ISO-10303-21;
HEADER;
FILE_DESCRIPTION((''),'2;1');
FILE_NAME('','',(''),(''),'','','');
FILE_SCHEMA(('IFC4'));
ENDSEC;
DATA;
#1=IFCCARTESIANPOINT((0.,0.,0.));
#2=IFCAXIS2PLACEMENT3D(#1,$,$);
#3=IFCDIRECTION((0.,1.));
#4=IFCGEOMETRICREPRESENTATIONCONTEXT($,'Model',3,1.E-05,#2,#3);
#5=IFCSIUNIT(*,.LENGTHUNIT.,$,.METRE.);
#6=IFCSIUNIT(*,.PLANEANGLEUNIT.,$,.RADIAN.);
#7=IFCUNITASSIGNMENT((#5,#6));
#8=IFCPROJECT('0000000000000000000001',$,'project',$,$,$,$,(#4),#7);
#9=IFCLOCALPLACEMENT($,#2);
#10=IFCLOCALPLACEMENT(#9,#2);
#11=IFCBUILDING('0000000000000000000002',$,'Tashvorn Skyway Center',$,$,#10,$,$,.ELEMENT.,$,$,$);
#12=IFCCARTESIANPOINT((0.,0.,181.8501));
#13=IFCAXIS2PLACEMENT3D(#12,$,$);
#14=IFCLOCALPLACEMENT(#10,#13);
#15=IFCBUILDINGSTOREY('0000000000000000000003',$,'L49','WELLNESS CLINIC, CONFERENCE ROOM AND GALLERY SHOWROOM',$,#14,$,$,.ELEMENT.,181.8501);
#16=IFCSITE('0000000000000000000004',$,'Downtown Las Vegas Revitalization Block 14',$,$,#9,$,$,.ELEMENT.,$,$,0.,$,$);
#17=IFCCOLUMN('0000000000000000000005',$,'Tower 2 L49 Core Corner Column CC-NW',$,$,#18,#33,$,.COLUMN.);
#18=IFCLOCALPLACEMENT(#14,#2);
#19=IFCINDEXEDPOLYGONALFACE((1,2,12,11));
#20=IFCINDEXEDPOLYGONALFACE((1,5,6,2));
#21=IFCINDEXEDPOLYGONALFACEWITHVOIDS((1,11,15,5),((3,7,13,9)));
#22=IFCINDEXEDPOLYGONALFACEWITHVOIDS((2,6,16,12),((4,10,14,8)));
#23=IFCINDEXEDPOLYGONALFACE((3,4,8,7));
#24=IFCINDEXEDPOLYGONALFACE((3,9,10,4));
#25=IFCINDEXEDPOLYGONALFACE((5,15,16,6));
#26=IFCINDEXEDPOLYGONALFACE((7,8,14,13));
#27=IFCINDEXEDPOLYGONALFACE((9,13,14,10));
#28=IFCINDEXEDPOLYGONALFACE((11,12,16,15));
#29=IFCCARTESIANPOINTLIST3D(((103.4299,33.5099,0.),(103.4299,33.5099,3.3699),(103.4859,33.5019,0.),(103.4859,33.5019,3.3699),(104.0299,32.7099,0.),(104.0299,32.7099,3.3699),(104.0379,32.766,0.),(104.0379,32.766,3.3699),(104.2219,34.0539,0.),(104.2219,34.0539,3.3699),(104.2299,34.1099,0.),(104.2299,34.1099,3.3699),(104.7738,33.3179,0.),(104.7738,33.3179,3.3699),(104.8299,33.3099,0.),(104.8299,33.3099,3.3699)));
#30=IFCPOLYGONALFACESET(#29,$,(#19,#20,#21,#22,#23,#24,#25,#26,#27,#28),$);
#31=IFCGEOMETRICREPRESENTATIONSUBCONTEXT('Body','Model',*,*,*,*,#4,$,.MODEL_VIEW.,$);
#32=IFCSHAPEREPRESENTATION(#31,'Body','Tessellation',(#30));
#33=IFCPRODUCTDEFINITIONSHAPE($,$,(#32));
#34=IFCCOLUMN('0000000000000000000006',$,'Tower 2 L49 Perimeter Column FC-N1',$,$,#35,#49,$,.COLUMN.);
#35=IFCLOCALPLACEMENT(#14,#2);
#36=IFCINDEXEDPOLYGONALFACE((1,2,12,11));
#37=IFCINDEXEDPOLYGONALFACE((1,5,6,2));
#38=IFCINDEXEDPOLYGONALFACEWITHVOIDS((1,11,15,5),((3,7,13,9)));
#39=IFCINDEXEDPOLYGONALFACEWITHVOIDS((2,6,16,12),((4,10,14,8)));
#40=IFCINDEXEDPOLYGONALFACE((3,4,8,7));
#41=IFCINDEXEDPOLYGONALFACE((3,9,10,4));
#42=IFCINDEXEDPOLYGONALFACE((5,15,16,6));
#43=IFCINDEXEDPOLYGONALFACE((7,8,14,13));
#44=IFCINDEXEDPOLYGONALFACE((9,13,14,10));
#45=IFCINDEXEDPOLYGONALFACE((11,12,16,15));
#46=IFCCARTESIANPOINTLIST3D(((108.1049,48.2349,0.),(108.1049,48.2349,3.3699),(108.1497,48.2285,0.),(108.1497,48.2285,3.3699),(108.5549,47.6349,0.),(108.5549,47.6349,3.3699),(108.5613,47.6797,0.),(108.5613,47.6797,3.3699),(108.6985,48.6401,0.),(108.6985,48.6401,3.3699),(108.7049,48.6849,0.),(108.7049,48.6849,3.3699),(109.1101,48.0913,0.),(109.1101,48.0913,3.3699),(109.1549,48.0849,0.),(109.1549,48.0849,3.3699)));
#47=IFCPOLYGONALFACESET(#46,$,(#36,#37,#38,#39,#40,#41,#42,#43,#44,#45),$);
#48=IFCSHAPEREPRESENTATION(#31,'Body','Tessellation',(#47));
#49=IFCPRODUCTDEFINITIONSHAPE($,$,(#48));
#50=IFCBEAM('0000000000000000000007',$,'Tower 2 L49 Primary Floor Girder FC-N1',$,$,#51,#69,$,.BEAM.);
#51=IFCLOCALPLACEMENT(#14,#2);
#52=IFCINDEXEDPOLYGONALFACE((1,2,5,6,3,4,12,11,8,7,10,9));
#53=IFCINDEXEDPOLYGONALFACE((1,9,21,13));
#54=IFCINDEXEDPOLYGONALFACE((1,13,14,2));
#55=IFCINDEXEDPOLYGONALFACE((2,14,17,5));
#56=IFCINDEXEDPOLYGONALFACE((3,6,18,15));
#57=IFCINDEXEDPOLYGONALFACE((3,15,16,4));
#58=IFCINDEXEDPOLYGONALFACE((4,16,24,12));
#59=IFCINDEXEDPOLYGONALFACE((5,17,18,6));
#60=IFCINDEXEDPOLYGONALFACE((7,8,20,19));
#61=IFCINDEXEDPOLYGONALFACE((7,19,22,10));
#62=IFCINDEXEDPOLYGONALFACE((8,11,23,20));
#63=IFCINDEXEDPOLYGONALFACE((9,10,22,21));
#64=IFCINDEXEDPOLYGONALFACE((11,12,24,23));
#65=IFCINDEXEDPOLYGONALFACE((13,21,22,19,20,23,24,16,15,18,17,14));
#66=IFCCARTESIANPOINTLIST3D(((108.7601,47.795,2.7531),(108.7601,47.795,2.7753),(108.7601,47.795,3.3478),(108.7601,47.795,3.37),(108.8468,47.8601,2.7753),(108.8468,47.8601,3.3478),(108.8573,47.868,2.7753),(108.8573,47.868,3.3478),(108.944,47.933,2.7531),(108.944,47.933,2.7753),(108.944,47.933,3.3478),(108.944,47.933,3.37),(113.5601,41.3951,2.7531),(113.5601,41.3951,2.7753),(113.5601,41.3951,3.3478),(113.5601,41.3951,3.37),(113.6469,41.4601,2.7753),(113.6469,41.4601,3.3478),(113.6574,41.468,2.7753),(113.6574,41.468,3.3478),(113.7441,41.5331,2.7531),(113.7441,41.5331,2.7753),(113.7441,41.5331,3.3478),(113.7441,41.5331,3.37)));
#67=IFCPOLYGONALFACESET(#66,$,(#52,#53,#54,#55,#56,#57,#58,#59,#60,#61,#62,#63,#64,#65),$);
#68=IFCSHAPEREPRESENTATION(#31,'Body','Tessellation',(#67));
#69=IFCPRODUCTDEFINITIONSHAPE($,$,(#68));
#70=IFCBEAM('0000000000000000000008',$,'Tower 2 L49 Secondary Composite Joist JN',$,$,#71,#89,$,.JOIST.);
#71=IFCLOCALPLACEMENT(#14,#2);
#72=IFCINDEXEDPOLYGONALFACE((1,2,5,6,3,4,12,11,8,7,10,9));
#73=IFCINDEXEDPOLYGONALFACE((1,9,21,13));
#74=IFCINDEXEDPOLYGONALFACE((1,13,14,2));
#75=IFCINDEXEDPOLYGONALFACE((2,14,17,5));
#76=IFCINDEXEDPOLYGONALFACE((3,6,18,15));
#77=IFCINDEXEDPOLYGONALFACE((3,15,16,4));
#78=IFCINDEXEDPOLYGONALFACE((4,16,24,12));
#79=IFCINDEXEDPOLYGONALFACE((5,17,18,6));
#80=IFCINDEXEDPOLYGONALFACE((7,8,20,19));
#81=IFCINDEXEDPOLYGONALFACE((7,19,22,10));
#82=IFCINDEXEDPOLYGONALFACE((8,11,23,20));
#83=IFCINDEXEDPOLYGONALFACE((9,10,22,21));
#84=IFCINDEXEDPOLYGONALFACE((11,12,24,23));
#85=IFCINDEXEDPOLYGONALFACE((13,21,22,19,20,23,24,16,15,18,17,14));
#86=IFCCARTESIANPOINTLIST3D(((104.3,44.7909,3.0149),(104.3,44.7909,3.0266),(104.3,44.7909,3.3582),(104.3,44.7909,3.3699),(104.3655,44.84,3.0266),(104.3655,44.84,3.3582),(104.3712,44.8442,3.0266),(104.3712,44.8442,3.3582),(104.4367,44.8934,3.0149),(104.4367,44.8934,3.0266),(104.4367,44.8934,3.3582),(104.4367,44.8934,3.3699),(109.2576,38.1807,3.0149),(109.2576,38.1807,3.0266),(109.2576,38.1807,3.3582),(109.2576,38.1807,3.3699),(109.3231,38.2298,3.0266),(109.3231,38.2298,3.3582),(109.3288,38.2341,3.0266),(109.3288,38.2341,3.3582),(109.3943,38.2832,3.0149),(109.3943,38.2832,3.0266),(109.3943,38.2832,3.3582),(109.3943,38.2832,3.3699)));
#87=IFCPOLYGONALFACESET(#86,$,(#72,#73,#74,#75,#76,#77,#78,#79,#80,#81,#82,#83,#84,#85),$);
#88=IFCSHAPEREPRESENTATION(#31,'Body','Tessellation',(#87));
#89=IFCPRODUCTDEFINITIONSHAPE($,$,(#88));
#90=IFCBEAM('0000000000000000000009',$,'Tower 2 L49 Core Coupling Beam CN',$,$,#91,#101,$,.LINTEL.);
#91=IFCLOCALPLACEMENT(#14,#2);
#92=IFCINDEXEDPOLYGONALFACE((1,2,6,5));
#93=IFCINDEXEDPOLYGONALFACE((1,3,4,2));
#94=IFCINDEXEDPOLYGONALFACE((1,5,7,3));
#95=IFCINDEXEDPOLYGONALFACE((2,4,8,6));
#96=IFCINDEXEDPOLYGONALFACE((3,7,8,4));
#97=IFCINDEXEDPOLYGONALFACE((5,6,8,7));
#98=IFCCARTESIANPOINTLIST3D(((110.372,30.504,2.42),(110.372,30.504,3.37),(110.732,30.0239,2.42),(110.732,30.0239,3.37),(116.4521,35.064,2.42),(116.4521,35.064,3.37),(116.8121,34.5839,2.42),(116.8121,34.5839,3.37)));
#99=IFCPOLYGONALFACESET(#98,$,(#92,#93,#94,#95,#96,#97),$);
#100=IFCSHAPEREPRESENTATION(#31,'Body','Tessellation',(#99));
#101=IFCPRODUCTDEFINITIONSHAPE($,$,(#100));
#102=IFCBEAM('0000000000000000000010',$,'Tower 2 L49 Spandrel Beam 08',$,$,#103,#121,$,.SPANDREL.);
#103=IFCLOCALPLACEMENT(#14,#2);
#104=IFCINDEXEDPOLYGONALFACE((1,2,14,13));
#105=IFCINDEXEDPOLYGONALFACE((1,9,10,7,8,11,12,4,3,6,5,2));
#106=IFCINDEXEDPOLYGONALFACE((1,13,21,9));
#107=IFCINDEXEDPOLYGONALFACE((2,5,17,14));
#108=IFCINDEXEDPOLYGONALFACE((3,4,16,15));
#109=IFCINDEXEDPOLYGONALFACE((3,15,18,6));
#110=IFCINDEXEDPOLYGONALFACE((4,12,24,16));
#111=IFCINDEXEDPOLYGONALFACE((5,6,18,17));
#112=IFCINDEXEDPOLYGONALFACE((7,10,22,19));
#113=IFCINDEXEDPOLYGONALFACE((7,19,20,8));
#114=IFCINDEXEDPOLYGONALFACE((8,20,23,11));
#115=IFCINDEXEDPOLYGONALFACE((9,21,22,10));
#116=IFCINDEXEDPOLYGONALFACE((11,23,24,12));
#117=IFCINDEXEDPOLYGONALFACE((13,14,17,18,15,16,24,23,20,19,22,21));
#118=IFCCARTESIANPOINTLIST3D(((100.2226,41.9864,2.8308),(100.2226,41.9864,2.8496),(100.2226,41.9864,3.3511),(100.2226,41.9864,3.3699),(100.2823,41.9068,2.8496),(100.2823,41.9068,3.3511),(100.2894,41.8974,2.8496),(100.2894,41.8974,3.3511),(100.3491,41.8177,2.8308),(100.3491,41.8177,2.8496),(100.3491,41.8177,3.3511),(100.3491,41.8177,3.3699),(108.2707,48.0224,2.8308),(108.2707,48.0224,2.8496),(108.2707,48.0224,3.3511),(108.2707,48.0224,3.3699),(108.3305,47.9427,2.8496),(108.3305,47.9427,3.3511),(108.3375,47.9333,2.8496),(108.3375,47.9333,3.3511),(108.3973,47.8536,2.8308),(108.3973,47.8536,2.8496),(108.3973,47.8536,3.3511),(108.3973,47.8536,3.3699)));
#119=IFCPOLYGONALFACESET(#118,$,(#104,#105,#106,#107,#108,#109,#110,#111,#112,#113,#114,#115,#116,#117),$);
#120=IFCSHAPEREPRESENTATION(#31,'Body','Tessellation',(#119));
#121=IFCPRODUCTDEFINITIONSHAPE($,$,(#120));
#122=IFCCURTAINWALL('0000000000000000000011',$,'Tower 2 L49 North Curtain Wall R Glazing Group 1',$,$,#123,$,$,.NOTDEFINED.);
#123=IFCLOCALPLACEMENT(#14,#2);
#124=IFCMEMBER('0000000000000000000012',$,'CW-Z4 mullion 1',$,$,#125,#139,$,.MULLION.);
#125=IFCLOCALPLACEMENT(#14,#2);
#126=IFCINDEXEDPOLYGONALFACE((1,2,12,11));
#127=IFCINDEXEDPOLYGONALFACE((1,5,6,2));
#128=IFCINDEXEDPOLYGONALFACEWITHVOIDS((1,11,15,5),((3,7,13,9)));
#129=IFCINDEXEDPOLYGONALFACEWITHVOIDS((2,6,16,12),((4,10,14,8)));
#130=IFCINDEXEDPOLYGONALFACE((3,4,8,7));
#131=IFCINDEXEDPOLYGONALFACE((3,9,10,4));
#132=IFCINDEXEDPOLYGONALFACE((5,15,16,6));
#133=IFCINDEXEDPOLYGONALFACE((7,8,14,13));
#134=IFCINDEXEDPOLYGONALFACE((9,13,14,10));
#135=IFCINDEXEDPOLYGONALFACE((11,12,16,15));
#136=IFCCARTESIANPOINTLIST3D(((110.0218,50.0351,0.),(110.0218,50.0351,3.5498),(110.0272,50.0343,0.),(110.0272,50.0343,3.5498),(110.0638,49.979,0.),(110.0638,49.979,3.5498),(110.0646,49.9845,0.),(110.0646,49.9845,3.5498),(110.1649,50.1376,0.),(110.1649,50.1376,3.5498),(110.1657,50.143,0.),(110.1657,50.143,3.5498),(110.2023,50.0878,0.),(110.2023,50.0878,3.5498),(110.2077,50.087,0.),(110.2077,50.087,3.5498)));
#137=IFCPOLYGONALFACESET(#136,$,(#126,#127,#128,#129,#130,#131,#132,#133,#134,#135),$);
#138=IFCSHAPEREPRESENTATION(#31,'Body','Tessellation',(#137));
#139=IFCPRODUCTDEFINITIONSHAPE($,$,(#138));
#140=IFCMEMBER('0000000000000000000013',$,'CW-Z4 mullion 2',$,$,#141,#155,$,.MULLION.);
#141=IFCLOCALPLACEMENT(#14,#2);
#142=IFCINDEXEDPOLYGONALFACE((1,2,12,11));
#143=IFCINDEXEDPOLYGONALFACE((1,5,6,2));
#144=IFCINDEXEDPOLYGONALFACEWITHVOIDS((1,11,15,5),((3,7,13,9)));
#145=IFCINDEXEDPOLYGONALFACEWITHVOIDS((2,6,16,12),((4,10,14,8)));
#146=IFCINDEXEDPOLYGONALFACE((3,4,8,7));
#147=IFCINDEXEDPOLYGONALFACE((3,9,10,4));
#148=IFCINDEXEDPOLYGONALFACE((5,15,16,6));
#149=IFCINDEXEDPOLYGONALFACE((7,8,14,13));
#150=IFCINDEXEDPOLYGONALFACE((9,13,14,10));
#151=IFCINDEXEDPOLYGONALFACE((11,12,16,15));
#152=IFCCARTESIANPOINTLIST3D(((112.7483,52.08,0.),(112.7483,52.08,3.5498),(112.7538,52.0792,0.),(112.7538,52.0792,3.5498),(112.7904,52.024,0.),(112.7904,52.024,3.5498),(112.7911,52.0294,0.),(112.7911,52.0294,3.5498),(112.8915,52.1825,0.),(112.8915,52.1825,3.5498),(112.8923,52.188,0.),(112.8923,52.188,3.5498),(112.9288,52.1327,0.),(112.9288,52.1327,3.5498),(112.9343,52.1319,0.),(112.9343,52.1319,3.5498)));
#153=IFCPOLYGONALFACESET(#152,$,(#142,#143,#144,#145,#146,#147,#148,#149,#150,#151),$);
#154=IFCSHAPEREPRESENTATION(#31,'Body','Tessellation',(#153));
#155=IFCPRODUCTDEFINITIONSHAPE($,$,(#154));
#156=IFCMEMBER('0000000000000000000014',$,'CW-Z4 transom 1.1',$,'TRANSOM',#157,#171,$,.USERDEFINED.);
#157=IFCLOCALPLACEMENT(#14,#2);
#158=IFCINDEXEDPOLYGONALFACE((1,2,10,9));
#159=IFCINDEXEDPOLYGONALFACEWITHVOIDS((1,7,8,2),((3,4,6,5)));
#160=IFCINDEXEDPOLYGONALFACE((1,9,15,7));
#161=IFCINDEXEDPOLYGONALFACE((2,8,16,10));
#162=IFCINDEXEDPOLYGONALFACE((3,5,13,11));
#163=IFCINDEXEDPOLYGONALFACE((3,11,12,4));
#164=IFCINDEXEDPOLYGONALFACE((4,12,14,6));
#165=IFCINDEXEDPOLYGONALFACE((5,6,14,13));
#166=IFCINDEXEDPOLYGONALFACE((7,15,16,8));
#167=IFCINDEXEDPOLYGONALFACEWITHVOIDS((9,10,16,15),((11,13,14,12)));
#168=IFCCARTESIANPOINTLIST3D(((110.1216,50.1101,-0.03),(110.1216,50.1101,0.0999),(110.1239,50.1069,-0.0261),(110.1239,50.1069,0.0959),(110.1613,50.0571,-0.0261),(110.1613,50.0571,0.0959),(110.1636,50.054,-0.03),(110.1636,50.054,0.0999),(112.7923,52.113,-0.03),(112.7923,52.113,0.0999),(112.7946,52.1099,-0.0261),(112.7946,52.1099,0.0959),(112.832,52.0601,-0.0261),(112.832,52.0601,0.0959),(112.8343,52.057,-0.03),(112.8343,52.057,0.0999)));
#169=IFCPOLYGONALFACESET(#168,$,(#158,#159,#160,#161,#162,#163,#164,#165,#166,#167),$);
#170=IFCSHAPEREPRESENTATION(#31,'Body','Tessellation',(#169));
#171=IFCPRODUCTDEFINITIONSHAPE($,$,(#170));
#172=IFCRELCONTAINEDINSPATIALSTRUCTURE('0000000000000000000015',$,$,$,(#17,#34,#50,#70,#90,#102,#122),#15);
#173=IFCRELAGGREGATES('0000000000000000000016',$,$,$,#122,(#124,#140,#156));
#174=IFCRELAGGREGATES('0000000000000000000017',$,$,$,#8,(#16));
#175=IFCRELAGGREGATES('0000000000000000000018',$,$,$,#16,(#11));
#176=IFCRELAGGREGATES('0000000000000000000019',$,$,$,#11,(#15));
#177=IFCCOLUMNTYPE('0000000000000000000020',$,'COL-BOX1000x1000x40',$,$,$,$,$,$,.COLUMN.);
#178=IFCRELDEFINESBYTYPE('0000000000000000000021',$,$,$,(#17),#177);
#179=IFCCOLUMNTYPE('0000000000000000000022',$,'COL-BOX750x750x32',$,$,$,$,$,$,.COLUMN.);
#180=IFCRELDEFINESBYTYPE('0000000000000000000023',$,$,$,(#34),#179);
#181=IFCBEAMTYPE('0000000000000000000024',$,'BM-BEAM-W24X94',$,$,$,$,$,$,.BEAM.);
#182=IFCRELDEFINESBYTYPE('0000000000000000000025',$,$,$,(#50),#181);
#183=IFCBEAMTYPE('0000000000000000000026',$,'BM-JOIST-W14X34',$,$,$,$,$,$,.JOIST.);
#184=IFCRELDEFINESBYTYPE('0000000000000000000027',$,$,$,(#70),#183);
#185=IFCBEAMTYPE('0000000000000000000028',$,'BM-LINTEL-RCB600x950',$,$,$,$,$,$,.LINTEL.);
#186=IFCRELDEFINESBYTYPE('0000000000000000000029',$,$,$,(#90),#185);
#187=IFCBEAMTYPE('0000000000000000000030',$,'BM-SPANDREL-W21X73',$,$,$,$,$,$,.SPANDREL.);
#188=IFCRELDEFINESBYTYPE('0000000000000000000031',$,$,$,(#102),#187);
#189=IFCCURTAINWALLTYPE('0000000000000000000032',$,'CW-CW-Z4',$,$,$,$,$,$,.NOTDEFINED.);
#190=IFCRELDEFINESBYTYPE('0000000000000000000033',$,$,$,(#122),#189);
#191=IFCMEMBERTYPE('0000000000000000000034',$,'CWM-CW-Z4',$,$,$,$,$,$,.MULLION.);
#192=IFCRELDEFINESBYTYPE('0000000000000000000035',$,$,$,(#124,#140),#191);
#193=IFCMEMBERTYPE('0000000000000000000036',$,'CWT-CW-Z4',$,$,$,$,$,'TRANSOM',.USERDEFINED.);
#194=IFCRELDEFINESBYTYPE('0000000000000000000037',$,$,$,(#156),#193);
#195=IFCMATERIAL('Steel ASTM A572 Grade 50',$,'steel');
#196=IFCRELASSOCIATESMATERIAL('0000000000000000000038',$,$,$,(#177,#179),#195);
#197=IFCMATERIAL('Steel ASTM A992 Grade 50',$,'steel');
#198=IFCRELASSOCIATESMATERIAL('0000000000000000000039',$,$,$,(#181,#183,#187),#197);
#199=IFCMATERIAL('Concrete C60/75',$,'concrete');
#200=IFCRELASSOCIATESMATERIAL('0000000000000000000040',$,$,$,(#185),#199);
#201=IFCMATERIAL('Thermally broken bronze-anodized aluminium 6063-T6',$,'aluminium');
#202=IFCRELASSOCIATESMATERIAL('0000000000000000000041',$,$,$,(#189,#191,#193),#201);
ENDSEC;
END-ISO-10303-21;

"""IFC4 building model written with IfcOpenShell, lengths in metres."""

from ifc_helpers import new_model, si_unit, direction, frame, origin, origin_2d, place, context, subcontext, project, spatial, rectangle, hollow_rectangle, i_section, extrude, material, material_profile, profile_set, type_object, element, aggregate, save


model = new_model("IFC4")

# Units and contexts
model_context = context("Model", 3, precision=1e-05, world=origin(), true_north=direction((0.0, 1.0)))
body_context = subcontext(model_context, "Body", "Model", "MODEL_VIEW")
ifc_project = project(units=[si_unit("LENGTHUNIT", "METRE"), si_unit("PLANEANGLEUNIT", "RADIAN")], contexts=[model_context])

# Site, building, storey
site_placement = place(None, origin())
site = spatial("IfcSite", under=ifc_project, at=site_placement, Name="Downtown Las Vegas Revitalization Block 14", CompositionType="ELEMENT", RefElevation=0.0)
building_placement = place(site_placement, origin())
building = spatial("IfcBuilding", under=site, at=building_placement, Name="Tashvorn Skyway Center", CompositionType="ELEMENT")
storey_placement = place(building_placement, frame((0.0, 0.0, 181.8501)))
storey = spatial("IfcBuildingStorey", under=building, at=storey_placement, Name="L49", Description="WELLNESS CLINIC, CONFERENCE ROOM AND GALLERY SHOWROOM", CompositionType="ELEMENT", Elevation=181.8501)

# Columns
ifc_material_1 = material(Name="Steel ASTM A572 Grade 50", Category="steel")
ifc_material_profile_1 = material_profile(ifc_material_1, hollow_rectangle(XDim=1.0, YDim=1.0, WallThickness=0.04, at=origin_2d()), Name="BOX1000x1000x40")
ifc_profile_set_1 = profile_set([ifc_material_profile_1], Name="Steel ASTM A572 Grade 50")
column_type_1 = type_object("IfcColumnType", Name="COL-BOX1000x1000x40", PredefinedType="COLUMN", material=ifc_profile_set_1)
column_1_placement = place(storey_placement, frame((104.1299, 33.4099, 0.0), z_axis=(0.0, 0.0, 1.0), x_axis=(0.8, 0.6, 0.0)))
element("IfcColumn", 1, at=column_1_placement, inside=storey, type_object=column_type_1, Name="Tower 2 L49 Core Corner Column CC-NW", PredefinedType="COLUMN", context=body_context, shape_type="SweptSolid", body=[
    extrude(hollow_rectangle(XDim=1.0, YDim=1.0, WallThickness=0.04, at=origin_2d()), origin(), (0.0, 0.0, 1.0), 3.3699),
])
ifc_material_profile_2 = material_profile(ifc_material_1, hollow_rectangle(XDim=0.75, YDim=0.75, WallThickness=0.032, at=origin_2d()), Name="BOX750x750x32")
ifc_profile_set_2 = profile_set([ifc_material_profile_2], Name="Steel ASTM A572 Grade 50")
column_type_2 = type_object("IfcColumnType", Name="COL-BOX750x750x32", PredefinedType="COLUMN", material=ifc_profile_set_2)
column_2_placement = place(storey_placement, frame((108.6299, 48.1599, 0.0), z_axis=(0.0, 0.0, 1.0), x_axis=(0.8, 0.6, 0.0)))
element("IfcColumn", 2, at=column_2_placement, inside=storey, type_object=column_type_2, Name="Tower 2 L49 Perimeter Column FC-N1", PredefinedType="COLUMN", context=body_context, shape_type="SweptSolid", body=[
    extrude(hollow_rectangle(XDim=0.75, YDim=0.75, WallThickness=0.032, at=origin_2d()), origin(), (0.0, 0.0, 1.0), 3.3699),
])

# Beams
ifc_material_2 = material(Name="Steel ASTM A992 Grade 50", Category="steel")
ifc_material_profile_3 = material_profile(ifc_material_2, i_section(OverallWidth=0.23, OverallDepth=0.6169, WebThickness=0.0132, FlangeThickness=0.0222, at=origin_2d()), Name="W24X94")
ifc_profile_set_3 = profile_set([ifc_material_profile_3], Name="Steel ASTM A992 Grade 50")
beam_type_1 = type_object("IfcBeamType", Name="BM-BEAM-W24X94", PredefinedType="BEAM", material=ifc_profile_set_3)
beam_1_placement = place(storey_placement, frame((108.8521, 47.864, 3.0615), z_axis=(0.60001, -0.799993, 0.0), x_axis=(0.799993, 0.60001, 0.0)))
element("IfcBeam", 3, at=beam_1_placement, inside=storey, type_object=beam_type_1, Name="Tower 2 L49 Primary Floor Girder FC-N1", PredefinedType="BEAM", context=body_context, shape_type="SweptSolid", body=[
    extrude(i_section(OverallWidth=0.23, OverallDepth=0.6169, WebThickness=0.0132, FlangeThickness=0.0222, at=origin_2d()), origin(), (0.0, 0.0, 1.0), 8.0),
])
ifc_material_profile_4 = material_profile(ifc_material_2, i_section(OverallWidth=0.1709, OverallDepth=0.355, WebThickness=0.0071, FlangeThickness=0.0117, at=origin_2d()), Name="W14X34")
ifc_profile_set_4 = profile_set([ifc_material_profile_4], Name="Steel ASTM A992 Grade 50")
beam_type_2 = type_object("IfcBeamType", Name="BM-JOIST-W14X34", PredefinedType="JOIST", material=ifc_profile_set_4)
beam_2_placement = place(storey_placement, frame((109.3259, 38.2319, 3.1924), z_axis=(-0.599995, 0.800004, 0.0), x_axis=(-0.800004, -0.599995, 0.0)))
element("IfcBeam", 4, at=beam_2_placement, inside=storey, type_object=beam_type_2, Name="Tower 2 L49 Secondary Composite Joist JN", PredefinedType="JOIST", context=body_context, shape_type="SweptSolid", body=[
    extrude(i_section(OverallWidth=0.1709, OverallDepth=0.355, WebThickness=0.0071, FlangeThickness=0.0117, at=origin_2d()), origin(), (0.0, 0.0, 1.0), 8.2627),
])
ifc_material_3 = material(Name="Concrete C60/75", Category="concrete")
ifc_material_profile_5 = material_profile(ifc_material_3, rectangle(XDim=0.6001, YDim=0.95, at=origin_2d()), Name="RCB600x950")
ifc_profile_set_5 = profile_set([ifc_material_profile_5], Name="Concrete C60/75")
beam_type_3 = type_object("IfcBeamType", Name="BM-LINTEL-RCB600x950", PredefinedType="LINTEL", material=ifc_profile_set_5)
beam_3_placement = place(storey_placement, frame((110.552, 30.2639, 2.895), z_axis=(0.8, 0.6, 0.0), x_axis=(-0.6, 0.8, 0.0)))
element("IfcBeam", 5, at=beam_3_placement, inside=storey, type_object=beam_type_3, Name="Tower 2 L49 Core Coupling Beam CN", PredefinedType="LINTEL", context=body_context, shape_type="SweptSolid", body=[
    extrude(rectangle(XDim=0.6001, YDim=0.95, at=origin_2d()), origin(), (0.0, 0.0, 1.0), 7.6001),
])
ifc_material_profile_6 = material_profile(ifc_material_2, i_section(OverallWidth=0.2109, OverallDepth=0.5391, WebThickness=0.0117, FlangeThickness=0.0188, at=origin_2d()), Name="W21X73")
ifc_profile_set_6 = profile_set([ifc_material_profile_6], Name="Steel ASTM A992 Grade 50")
beam_type_4 = type_object("IfcBeamType", Name="BM-SPANDREL-W21X73", PredefinedType="SPANDREL", material=ifc_profile_set_6)
beam_4_placement = place(storey_placement, frame((108.334, 47.938, 3.1003), z_axis=(-0.800009, -0.599988, 0.0), x_axis=(0.599988, -0.800009, 0.0)))
element("IfcBeam", 6, at=beam_4_placement, inside=storey, type_object=beam_type_4, Name="Tower 2 L49 Spandrel Beam 08", PredefinedType="SPANDREL", context=body_context, shape_type="SweptSolid", body=[
    extrude(i_section(OverallWidth=0.2109, OverallDepth=0.5391, WebThickness=0.0117, FlangeThickness=0.0188, at=origin_2d()), origin(), (0.0, 0.0, 1.0), 10.0601),
])

# Curtain wall, members
ifc_material_4 = material(Name="Thermally broken bronze-anodized aluminium 6063-T6", Category="aluminium")
curtain_wall_type = type_object("IfcCurtainWallType", Name="CW-CW-Z4", PredefinedType="NOTDEFINED", material=ifc_material_4)
curtain_wall_placement = place(storey_placement, origin())
curtain_wall = element("IfcCurtainWall", 7, at=curtain_wall_placement, inside=storey, type_object=curtain_wall_type, Name="Tower 2 L49 North Curtain Wall R Glazing Group 1", PredefinedType="NOTDEFINED")
ifc_material_profile_7 = material_profile(ifc_material_4, hollow_rectangle(XDim=0.0701, YDim=0.1799, WallThickness=0.0039, at=origin_2d()), Name="ALU-MULL-70x180")
ifc_profile_set_7 = profile_set([ifc_material_profile_7], Name="Thermally broken bronze-anodized aluminium 6063-T6")
member_type_1 = type_object("IfcMemberType", Name="CWM-CW-Z4", PredefinedType="MULLION", material=ifc_profile_set_7)
member_1_placement = place(storey_placement, frame((110.1147, 50.061, 0.0), z_axis=(0.0, 0.0, 1.0), x_axis=(-0.600002, 0.799998, 0.0)))
member_1 = element("IfcMember", 8, at=member_1_placement, type_object=member_type_1, Name="CW-Z4 mullion 1", PredefinedType="MULLION", context=body_context, shape_type="SweptSolid", body=[
    extrude(hollow_rectangle(XDim=0.0701, YDim=0.1799, WallThickness=0.0039, at=origin_2d()), origin(), (0.0, 0.0, 1.0), 3.5498),
])
member_2_placement = place(storey_placement, frame((112.8413, 52.106, 0.0), z_axis=(0.0, 0.0, 1.0), x_axis=(-0.600002, 0.799998, 0.0)))
member_2 = element("IfcMember", 9, at=member_2_placement, type_object=member_type_1, Name="CW-Z4 mullion 2", PredefinedType="MULLION", context=body_context, shape_type="SweptSolid", body=[
    extrude(hollow_rectangle(XDim=0.0701, YDim=0.1799, WallThickness=0.0039, at=origin_2d()), origin(), (0.0, 0.0, 1.0), 3.5498),
])
ifc_material_profile_8 = material_profile(ifc_material_4, hollow_rectangle(XDim=0.0701, YDim=0.1299, WallThickness=0.0039, at=origin_2d()), Name="ALU-TRAN-70x130")
ifc_profile_set_8 = profile_set([ifc_material_profile_8], Name="Thermally broken bronze-anodized aluminium 6063-T6")
member_type_2 = type_object("IfcMemberType", Name="CWT-CW-Z4", ElementType="TRANSOM", PredefinedType="USERDEFINED", material=ifc_profile_set_8)
member_3_placement = place(storey_placement, frame((110.1426, 50.082, 0.0349), z_axis=(0.800009, 0.599988, 0.0), x_axis=(-0.599988, 0.800009, 0.0)))
member_3 = element("IfcMember", 10, at=member_3_placement, type_object=member_type_2, Name="CW-Z4 transom 1.1", ObjectType="TRANSOM", PredefinedType="USERDEFINED", context=body_context, shape_type="SweptSolid", body=[
    extrude(hollow_rectangle(XDim=0.0701, YDim=0.1299, WallThickness=0.0039, at=origin_2d()), origin(), (0.0, 0.0, 1.0), 3.3384),
])
aggregate(curtain_wall, [member_1, member_2, member_3])

save(model, "model.ifc")
